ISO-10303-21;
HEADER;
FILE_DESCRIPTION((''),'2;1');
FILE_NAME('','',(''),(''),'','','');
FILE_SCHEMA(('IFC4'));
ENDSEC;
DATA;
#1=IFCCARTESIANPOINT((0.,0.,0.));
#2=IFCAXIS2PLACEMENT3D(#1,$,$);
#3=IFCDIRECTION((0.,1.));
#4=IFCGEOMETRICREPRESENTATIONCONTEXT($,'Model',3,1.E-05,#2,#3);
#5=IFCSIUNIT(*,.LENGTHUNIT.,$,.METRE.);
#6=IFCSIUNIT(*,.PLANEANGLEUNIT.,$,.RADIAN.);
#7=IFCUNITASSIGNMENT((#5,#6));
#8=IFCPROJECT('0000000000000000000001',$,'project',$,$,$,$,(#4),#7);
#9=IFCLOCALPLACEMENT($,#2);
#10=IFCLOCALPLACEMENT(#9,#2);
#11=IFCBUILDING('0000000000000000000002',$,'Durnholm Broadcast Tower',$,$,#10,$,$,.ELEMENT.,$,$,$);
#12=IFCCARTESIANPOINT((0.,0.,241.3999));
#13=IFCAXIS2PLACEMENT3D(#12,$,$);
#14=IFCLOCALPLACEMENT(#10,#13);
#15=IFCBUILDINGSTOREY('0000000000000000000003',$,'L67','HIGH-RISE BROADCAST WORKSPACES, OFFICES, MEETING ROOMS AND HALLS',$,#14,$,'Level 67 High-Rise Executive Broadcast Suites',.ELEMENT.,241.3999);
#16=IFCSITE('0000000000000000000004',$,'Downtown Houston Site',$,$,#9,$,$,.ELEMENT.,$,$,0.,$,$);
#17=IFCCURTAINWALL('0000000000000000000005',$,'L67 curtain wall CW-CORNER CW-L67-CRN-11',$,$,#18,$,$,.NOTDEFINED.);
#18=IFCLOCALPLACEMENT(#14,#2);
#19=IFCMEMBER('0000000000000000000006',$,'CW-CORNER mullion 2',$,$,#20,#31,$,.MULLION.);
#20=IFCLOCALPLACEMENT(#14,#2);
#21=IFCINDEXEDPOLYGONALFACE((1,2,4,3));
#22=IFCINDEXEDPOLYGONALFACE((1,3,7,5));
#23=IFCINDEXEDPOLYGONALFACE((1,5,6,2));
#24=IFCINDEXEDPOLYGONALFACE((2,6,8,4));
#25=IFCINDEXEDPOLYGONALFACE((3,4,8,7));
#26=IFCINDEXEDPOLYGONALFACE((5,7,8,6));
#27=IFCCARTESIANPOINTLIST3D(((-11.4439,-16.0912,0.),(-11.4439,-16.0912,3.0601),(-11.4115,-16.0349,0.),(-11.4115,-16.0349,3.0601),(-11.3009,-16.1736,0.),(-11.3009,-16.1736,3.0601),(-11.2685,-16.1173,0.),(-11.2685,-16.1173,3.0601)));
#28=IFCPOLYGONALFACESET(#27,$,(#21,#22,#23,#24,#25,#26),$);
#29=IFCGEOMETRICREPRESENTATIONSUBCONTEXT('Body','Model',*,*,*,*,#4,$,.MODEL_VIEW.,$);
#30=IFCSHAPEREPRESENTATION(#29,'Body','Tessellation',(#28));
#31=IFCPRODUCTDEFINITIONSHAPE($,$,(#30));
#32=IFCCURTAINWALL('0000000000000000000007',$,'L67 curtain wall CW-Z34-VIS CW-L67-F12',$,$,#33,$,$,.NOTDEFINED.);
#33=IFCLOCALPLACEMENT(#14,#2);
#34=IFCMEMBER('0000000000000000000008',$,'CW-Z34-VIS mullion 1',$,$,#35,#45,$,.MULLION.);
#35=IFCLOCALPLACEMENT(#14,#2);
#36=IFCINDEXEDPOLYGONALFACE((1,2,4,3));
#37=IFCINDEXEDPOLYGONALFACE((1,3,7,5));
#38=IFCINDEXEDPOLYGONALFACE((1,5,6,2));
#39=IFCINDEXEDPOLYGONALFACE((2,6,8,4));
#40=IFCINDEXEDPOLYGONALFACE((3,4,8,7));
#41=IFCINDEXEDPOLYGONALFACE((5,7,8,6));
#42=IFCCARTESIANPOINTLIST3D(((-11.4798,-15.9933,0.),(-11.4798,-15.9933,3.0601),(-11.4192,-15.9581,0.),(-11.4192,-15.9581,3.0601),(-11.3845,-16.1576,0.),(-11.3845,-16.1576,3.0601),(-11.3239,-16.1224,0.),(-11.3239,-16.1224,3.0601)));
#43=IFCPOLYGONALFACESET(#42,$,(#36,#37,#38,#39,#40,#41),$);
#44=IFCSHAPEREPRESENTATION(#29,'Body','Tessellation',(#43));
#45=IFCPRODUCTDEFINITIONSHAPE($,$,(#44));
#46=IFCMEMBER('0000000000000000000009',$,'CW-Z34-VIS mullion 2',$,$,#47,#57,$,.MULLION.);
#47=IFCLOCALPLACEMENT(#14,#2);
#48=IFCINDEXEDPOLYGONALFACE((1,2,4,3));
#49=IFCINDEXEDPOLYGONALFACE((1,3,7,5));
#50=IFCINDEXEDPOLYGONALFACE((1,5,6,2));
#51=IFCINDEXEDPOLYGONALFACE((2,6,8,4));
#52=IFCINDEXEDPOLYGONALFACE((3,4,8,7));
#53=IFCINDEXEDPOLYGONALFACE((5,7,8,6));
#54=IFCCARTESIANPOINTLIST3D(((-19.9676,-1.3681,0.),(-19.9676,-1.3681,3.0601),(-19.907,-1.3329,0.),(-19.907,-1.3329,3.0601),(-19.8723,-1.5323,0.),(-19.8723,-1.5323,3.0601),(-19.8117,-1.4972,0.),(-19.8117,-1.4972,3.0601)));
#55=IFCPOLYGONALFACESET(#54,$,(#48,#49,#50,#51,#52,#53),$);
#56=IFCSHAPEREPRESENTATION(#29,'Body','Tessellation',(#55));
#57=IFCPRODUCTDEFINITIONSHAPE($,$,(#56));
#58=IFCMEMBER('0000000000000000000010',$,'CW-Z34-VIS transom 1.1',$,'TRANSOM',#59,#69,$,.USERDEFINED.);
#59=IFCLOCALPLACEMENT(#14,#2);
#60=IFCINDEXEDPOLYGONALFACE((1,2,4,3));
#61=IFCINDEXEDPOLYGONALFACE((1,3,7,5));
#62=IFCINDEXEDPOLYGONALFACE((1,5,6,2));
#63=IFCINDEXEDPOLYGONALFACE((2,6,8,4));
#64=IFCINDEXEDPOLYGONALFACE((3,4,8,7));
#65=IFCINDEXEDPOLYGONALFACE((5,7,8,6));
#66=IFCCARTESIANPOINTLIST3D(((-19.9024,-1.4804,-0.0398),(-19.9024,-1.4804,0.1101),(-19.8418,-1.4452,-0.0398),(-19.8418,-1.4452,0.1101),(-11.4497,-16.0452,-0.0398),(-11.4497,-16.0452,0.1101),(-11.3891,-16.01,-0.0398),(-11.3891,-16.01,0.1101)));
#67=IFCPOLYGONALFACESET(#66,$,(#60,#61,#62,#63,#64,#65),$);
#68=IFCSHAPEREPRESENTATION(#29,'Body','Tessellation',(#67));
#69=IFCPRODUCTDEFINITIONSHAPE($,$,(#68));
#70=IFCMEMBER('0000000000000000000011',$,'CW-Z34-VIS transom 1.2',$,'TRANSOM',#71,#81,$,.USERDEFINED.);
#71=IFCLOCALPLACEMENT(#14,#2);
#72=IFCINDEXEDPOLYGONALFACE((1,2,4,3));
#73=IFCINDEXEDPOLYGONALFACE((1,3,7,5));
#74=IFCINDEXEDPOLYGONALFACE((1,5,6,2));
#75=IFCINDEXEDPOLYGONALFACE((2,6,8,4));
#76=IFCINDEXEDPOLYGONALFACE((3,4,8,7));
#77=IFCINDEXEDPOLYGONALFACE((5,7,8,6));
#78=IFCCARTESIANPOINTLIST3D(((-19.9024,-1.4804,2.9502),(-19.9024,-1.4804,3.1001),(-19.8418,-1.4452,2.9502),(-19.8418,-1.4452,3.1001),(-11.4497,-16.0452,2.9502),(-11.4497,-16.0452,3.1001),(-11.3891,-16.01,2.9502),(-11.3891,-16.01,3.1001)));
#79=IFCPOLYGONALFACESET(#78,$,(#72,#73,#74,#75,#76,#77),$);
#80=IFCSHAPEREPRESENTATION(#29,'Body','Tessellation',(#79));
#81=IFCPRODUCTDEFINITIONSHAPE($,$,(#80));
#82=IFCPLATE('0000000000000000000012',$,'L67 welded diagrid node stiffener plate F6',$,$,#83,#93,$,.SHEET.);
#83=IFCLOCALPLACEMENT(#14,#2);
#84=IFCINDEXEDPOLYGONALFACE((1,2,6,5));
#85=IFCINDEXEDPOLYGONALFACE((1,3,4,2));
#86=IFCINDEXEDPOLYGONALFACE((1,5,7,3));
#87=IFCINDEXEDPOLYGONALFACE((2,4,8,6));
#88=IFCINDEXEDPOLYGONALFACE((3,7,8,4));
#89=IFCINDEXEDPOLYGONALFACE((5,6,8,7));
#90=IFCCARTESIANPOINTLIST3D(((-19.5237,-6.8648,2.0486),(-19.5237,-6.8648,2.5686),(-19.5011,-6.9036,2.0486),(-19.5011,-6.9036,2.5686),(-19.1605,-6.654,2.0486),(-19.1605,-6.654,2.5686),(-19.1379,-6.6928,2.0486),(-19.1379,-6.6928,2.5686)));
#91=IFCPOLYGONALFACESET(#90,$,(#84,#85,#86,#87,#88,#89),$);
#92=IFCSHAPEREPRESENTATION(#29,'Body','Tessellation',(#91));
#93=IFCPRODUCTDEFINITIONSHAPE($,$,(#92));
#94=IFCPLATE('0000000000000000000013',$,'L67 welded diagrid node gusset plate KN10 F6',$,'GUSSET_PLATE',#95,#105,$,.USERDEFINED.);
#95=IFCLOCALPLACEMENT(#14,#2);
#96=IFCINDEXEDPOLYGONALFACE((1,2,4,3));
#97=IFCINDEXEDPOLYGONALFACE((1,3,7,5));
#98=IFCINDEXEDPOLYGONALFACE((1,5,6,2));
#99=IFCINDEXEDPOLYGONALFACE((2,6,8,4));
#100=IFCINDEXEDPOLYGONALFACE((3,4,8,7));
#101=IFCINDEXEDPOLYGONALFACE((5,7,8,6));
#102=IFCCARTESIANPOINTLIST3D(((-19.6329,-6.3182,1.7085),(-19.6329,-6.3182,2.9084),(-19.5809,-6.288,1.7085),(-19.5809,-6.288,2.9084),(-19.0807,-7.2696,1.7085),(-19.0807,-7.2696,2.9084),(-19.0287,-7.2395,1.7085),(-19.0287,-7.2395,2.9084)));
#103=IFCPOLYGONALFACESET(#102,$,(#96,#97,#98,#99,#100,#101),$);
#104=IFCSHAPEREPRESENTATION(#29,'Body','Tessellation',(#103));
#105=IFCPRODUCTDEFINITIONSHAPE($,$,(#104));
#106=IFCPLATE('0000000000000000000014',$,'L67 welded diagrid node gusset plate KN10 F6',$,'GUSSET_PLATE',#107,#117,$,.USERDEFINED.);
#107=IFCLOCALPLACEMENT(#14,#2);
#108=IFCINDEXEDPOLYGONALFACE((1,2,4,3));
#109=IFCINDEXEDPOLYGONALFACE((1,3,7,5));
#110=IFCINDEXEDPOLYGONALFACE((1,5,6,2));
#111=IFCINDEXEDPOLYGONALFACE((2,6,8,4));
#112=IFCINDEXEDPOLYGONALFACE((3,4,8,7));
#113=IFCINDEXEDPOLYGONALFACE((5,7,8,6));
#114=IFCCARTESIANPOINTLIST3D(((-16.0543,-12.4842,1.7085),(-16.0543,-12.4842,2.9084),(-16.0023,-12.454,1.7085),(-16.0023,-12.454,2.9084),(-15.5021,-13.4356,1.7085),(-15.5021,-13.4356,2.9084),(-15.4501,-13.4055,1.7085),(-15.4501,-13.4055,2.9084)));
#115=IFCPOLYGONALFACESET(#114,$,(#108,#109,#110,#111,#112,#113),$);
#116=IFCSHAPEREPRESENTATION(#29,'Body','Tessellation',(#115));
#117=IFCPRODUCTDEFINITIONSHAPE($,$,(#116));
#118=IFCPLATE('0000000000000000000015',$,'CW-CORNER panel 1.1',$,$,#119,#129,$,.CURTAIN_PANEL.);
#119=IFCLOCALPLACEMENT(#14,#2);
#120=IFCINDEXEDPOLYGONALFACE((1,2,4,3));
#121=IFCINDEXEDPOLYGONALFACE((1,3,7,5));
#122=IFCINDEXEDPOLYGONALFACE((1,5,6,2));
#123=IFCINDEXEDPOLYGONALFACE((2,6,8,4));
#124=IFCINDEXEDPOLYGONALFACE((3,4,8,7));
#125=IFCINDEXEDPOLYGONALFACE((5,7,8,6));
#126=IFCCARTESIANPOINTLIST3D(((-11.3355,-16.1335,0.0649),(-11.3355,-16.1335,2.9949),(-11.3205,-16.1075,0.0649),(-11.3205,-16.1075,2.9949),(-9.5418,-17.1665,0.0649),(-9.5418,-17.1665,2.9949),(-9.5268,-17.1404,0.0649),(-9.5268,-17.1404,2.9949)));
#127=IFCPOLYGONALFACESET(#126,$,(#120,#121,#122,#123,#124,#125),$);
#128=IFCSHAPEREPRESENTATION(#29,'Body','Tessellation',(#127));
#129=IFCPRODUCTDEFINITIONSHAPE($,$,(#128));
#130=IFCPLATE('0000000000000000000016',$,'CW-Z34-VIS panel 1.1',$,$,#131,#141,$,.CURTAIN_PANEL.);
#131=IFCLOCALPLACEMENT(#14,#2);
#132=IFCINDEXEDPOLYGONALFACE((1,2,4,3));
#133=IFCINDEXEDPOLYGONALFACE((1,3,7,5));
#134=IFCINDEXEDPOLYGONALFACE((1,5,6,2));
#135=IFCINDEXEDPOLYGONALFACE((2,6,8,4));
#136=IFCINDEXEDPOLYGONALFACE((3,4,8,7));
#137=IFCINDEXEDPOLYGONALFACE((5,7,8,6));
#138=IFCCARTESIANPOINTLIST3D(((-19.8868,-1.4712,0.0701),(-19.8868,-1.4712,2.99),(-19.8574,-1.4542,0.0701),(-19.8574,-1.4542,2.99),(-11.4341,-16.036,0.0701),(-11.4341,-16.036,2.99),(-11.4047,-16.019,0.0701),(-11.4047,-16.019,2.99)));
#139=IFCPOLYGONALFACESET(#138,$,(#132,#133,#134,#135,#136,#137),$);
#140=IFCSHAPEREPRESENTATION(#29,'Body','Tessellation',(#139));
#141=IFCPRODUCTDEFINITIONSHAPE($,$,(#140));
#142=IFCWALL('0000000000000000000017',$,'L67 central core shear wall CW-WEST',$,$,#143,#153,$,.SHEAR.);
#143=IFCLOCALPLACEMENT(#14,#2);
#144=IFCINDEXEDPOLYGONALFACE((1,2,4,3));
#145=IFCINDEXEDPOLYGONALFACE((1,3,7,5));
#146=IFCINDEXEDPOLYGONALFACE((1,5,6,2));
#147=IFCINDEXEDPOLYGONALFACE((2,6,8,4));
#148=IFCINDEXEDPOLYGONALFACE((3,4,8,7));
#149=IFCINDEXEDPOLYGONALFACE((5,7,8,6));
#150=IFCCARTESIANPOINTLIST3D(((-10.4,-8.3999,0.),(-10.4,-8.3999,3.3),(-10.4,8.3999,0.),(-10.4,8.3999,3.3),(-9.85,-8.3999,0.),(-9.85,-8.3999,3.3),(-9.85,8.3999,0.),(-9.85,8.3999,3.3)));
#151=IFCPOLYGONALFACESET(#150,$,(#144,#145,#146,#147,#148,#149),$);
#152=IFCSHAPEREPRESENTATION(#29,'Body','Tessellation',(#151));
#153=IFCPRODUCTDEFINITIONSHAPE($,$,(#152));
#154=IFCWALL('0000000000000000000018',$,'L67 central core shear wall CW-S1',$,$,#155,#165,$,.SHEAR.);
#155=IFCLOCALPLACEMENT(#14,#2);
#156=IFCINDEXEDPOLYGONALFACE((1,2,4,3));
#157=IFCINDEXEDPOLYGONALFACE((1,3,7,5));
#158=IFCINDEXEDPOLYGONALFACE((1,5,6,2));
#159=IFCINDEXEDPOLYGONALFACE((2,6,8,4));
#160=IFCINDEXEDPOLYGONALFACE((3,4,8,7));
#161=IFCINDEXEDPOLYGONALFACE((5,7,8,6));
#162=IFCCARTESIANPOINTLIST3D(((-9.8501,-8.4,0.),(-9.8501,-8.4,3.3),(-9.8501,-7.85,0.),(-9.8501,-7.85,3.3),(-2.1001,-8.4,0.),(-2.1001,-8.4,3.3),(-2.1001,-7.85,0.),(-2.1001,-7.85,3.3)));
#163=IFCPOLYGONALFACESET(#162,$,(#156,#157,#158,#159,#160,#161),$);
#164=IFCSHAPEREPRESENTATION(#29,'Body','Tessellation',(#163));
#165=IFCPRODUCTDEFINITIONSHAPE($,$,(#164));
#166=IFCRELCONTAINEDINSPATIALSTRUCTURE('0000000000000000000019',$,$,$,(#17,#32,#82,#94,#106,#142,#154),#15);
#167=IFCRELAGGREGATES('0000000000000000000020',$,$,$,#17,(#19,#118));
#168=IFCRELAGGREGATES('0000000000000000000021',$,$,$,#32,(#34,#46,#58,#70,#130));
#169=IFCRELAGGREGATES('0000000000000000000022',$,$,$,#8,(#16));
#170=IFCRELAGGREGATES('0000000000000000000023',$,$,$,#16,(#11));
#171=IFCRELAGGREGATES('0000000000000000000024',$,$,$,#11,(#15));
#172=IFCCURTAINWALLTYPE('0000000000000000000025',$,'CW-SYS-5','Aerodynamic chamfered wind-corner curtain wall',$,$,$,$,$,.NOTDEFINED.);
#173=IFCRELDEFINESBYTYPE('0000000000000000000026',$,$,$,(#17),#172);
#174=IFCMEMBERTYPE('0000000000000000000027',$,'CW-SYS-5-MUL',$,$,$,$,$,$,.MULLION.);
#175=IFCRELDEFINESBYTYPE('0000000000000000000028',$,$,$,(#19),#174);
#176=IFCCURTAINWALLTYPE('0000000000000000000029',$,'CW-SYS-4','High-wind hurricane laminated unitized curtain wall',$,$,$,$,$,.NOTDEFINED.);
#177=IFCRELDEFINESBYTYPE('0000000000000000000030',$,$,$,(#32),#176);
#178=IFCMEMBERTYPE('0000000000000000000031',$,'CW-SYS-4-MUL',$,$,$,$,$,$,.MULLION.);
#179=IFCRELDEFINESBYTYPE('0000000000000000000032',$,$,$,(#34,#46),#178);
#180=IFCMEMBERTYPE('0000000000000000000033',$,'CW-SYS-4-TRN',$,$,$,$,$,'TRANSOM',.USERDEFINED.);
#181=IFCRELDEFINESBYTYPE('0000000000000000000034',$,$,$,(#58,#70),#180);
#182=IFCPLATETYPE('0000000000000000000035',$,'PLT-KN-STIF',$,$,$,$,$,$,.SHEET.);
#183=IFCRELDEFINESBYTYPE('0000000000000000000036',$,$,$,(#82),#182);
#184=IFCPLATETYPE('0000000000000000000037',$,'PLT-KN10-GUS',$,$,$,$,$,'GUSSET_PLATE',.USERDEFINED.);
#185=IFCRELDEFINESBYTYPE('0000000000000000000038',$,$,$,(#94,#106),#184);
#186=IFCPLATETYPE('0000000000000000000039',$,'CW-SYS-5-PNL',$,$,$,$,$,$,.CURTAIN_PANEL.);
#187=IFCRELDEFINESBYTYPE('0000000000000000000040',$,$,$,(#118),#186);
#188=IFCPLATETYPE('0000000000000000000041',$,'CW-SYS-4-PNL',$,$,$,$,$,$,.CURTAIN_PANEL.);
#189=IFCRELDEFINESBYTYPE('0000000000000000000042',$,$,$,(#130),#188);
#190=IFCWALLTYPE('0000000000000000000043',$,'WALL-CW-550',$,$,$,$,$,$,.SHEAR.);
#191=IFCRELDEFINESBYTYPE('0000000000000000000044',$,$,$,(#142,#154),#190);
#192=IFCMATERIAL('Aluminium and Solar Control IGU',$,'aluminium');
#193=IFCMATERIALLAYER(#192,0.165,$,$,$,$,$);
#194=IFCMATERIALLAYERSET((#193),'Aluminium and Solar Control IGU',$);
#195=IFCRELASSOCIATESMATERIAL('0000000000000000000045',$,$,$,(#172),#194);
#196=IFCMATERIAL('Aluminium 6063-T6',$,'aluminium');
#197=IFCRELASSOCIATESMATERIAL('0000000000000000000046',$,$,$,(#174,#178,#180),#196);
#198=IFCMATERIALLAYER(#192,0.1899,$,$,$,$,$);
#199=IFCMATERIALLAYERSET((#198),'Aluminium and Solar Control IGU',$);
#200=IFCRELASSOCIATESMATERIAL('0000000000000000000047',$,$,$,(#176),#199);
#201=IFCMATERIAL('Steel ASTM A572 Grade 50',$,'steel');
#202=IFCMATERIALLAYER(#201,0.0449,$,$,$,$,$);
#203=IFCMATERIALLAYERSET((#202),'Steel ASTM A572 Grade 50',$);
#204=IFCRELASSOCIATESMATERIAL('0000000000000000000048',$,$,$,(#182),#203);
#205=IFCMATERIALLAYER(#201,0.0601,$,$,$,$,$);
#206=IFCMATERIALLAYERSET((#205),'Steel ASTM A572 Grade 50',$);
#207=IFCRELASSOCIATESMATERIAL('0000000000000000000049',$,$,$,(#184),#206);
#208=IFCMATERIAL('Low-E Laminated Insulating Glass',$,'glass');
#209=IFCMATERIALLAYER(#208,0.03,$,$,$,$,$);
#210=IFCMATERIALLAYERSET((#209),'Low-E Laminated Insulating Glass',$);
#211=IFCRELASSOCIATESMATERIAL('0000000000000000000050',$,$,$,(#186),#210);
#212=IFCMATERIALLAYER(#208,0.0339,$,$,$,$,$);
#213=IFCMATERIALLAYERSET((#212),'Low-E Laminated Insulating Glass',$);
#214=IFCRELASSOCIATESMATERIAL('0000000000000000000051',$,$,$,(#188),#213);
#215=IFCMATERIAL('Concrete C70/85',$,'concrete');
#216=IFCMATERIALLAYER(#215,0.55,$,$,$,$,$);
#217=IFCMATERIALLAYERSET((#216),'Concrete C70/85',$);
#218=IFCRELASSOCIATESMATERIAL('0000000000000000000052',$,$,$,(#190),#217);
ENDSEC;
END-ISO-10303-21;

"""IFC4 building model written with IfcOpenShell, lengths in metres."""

from ifc_helpers import new_model, si_unit, direction, frame, frame_2d, origin, origin_2d, place, context, subcontext, project, spatial, rectangle, extrude, source, transform, mapped, material, layer, layer_set, material_profile, profile_set, type_object, type_shapes, element, aggregate, save


model = new_model("IFC4")

# Units and contexts
model_context = context("Model", 3, precision=1e-05, world=origin(), true_north=direction((0.0, 1.0)))
body_context = subcontext(model_context, "Body", "Model", "MODEL_VIEW")
ifc_project = project(units=[si_unit("LENGTHUNIT", "METRE"), si_unit("PLANEANGLEUNIT", "RADIAN")], contexts=[model_context])

# Site, building, storey
site_placement = place(None, origin())
site = spatial("IfcSite", under=ifc_project, at=site_placement, Name="Downtown Houston Site", CompositionType="ELEMENT", RefElevation=0.0)
building_placement = place(site_placement, origin())
building = spatial("IfcBuilding", under=site, at=building_placement, Name="Durnholm Broadcast Tower", CompositionType="ELEMENT")
storey_placement = place(building_placement, frame((0.0, 0.0, 241.3999)))
storey = spatial("IfcBuildingStorey", under=building, at=storey_placement, Name="L67", Description="HIGH-RISE BROADCAST WORKSPACES, OFFICES, MEETING ROOMS AND HALLS", LongName="Level 67 High-Rise Executive Broadcast Suites", CompositionType="ELEMENT", Elevation=241.3999)

# Shared definitions
ifc_material_1 = material(Name="Concrete C70/85", Category="concrete")

# Shared definitions
ifc_material_2 = material(Name="Aluminium and Solar Control IGU", Category="aluminium")
ifc_layer_1 = layer(ifc_material_2, 0.165)
ifc_layer_set_1 = layer_set([ifc_layer_1], Name="Aluminium and Solar Control IGU")
curtain_wall_type_1 = type_object("IfcCurtainWallType", Name="CW-SYS-5", Description="Aerodynamic chamfered wind-corner curtain wall", PredefinedType="NOTDEFINED", material=ifc_layer_set_1)
ifc_material_3 = material(Name="Aluminium 6063-T6", Category="aluminium")
ifc_material_profile_1 = material_profile(ifc_material_3, rectangle(XDim=0.0649, YDim=0.165, at=origin_2d()), Name="CWM65X165")
ifc_profile_set_1 = profile_set([ifc_material_profile_1], Name="Aluminium 6063-T6")
member_type_1 = type_object("IfcMemberType", Name="CW-SYS-5-MUL", PredefinedType="MULLION", material=ifc_profile_set_1)
shared_shape_1 = source(origin(), body_context, "Body", "SweptSolid", [
    extrude(rectangle(XDim=0.0649, YDim=0.165, at=origin_2d()), origin(), (0.0, 0.0, 1.0), 3.0601),
])
type_shapes(member_type_1, [shared_shape_1])

# Curtain wall, member
curtain_wall_1_placement = place(storey_placement, origin())
curtain_wall_1 = element("IfcCurtainWall", 1, at=curtain_wall_1_placement, inside=storey, type_object=curtain_wall_type_1, Name="L67 curtain wall CW-CORNER CW-L67-CRN-11", PredefinedType="NOTDEFINED")
member_1_placement = place(storey_placement, frame((-11.3562, -16.1042, 0.0), z_axis=(0.0, 0.0, 1.0), x_axis=(-0.499059, -0.866568, 0.0)))
member_1 = element("IfcMember", 2, at=member_1_placement, type_object=member_type_1, Name="CW-CORNER mullion 2", PredefinedType="MULLION", context=body_context, shape_type="MappedRepresentation", body=[
    mapped(shared_shape_1, transform((0.0, 0.0, 0.0), x_axis=(1.0, 0.0, 0.0), y_axis=(0.0, 1.0, 0.0), z_axis=(0.0, 0.0, 1.0), scale=1.0)),
])

# Curtain wall, members
ifc_layer_2 = layer(ifc_material_2, 0.1899)
ifc_layer_set_2 = layer_set([ifc_layer_2], Name="Aluminium and Solar Control IGU")
curtain_wall_type_2 = type_object("IfcCurtainWallType", Name="CW-SYS-4", Description="High-wind hurricane laminated unitized curtain wall", PredefinedType="NOTDEFINED", material=ifc_layer_set_2)
curtain_wall_2_placement = place(storey_placement, origin())
curtain_wall_2 = element("IfcCurtainWall", 3, at=curtain_wall_2_placement, inside=storey, type_object=curtain_wall_type_2, Name="L67 curtain wall CW-Z34-VIS CW-L67-F12", PredefinedType="NOTDEFINED")
ifc_material_profile_2 = material_profile(ifc_material_3, rectangle(XDim=0.0701, YDim=0.1899, at=origin_2d()), Name="CWM70X190")
ifc_profile_set_2 = profile_set([ifc_material_profile_2], Name="Aluminium 6063-T6")
member_type_2 = type_object("IfcMemberType", Name="CW-SYS-4-MUL", PredefinedType="MULLION", material=ifc_profile_set_2)
shared_shape_2 = source(origin(), body_context, "Body", "SweptSolid", [
    extrude(rectangle(XDim=0.0701, YDim=0.1899, at=origin_2d()), origin(), (0.0, 0.0, 1.0), 3.0601),
])
type_shapes(member_type_2, [shared_shape_2])
member_2_placement = place(storey_placement, frame((-11.4019, -16.0579, 0.0), z_axis=(0.0, 0.0, 1.0), x_axis=(-0.8649, -0.501944, 0.0)))
member_2 = element("IfcMember", 4, at=member_2_placement, type_object=member_type_2, Name="CW-Z34-VIS mullion 1", PredefinedType="MULLION", context=body_context, shape_type="MappedRepresentation", body=[
    mapped(shared_shape_2, transform((0.0, 0.0, 0.0), x_axis=(1.0, 0.0, 0.0), y_axis=(0.0, 1.0, 0.0), z_axis=(0.0, 0.0, 1.0), scale=1.0)),
])
member_3_placement = place(storey_placement, frame((-19.8896, -1.4326, 0.0), z_axis=(0.0, 0.0, 1.0), x_axis=(-0.8649, -0.501944, 0.0)))
member_3 = element("IfcMember", 5, at=member_3_placement, type_object=member_type_2, Name="CW-Z34-VIS mullion 2", PredefinedType="MULLION", context=body_context, shape_type="MappedRepresentation", body=[
    mapped(shared_shape_2, transform((0.0, 0.0, 0.0), x_axis=(1.0, 0.0, 0.0), y_axis=(0.0, 1.0, 0.0), z_axis=(0.0, 0.0, 1.0), scale=1.0)),
])
ifc_material_profile_3 = material_profile(ifc_material_3, rectangle(XDim=0.0701, YDim=0.1499, at=origin_2d()), Name="CWT70X150")
ifc_profile_set_3 = profile_set([ifc_material_profile_3], Name="Aluminium 6063-T6")
member_type_3 = type_object("IfcMemberType", Name="CW-SYS-4-TRN", ElementType="TRANSOM", PredefinedType="USERDEFINED", material=ifc_profile_set_3)
shared_shape_3 = source(origin(), body_context, "Body", "SweptSolid", [
    extrude(rectangle(XDim=0.0701, YDim=0.1499, at=origin_2d()), origin(), (0.0, 0.0, 1.0), 16.8398),
])
type_shapes(member_type_3, [shared_shape_3])
member_4_placement = place(storey_placement, frame((-11.4194, -16.0276, 0.0352), z_axis=(-0.501945, 0.864899, 0.0), x_axis=(-0.864899, -0.501945, 0.0)))
member_4 = element("IfcMember", 6, at=member_4_placement, type_object=member_type_3, Name="CW-Z34-VIS transom 1.1", ObjectType="TRANSOM", PredefinedType="USERDEFINED", context=body_context, shape_type="MappedRepresentation", body=[
    mapped(shared_shape_3, transform((0.0, 0.0, 0.0), x_axis=(1.0, 0.0, 0.0), y_axis=(0.0, 1.0, 0.0), z_axis=(0.0, 0.0, 1.0), scale=1.0)),
])
member_5_placement = place(storey_placement, frame((-11.4194, -16.0276, 3.0251), z_axis=(-0.501945, 0.864899, 0.0), x_axis=(-0.864899, -0.501945, 0.0)))
member_5 = element("IfcMember", 7, at=member_5_placement, type_object=member_type_3, Name="CW-Z34-VIS transom 1.2", ObjectType="TRANSOM", PredefinedType="USERDEFINED", context=body_context, shape_type="MappedRepresentation", body=[
    mapped(shared_shape_3, transform((0.0, 0.0, 0.0), x_axis=(1.0, 0.0, 0.0), y_axis=(0.0, 1.0, 0.0), z_axis=(0.0, 0.0, 1.0), scale=1.0)),
])

# Plates
ifc_material_4 = material(Name="Steel ASTM A572 Grade 50", Category="steel")
ifc_layer_3 = layer(ifc_material_4, 0.0449)
ifc_layer_set_3 = layer_set([ifc_layer_3], Name="Steel ASTM A572 Grade 50")
plate_type_1 = type_object("IfcPlateType", Name="PLT-KN-STIF", PredefinedType="SHEET", material=ifc_layer_set_3)
shared_shape_4 = source(origin(), body_context, "Body", "SweptSolid", [
    extrude(rectangle(XDim=0.0449, YDim=0.4199, at=origin_2d()), origin(), (0.0, 0.0, 1.0), 0.52),
])
type_shapes(plate_type_1, [shared_shape_4])
plate_1_placement = place(storey_placement, frame((-19.3308, -6.7788, 2.0486), z_axis=(0.0, 0.0, 1.0), x_axis=(0.501964, -0.864889, 0.0)))
element("IfcPlate", 8, at=plate_1_placement, inside=storey, type_object=plate_type_1, Name="L67 welded diagrid node stiffener plate F6", PredefinedType="SHEET", context=body_context, shape_type="MappedRepresentation", body=[
    mapped(shared_shape_4, transform((0.0, 0.0, 0.0), x_axis=(1.0, 0.0, 0.0), y_axis=(0.0, 1.0, 0.0), z_axis=(0.0, 0.0, 1.0), scale=1.0)),
])
ifc_layer_4 = layer(ifc_material_4, 0.0601)
ifc_layer_set_4 = layer_set([ifc_layer_4], Name="Steel ASTM A572 Grade 50")
plate_type_2 = type_object("IfcPlateType", Name="PLT-KN10-GUS", ElementType="GUSSET_PLATE", PredefinedType="USERDEFINED", material=ifc_layer_set_4)
shared_shape_5 = source(origin(), body_context, "Body", "SweptSolid", [
    extrude(rectangle(XDim=1.1001, YDim=0.0601, at=origin_2d()), origin(), (0.0, 0.0, 1.0), 1.2),
])
type_shapes(plate_type_2, [shared_shape_5])
for number, where, z_axis, x_axis, name in (
    (9, (-19.3308, -6.7788, 1.7085), (0.0, 0.0, 1.0), (0.501964, -0.864889, 0.0), "L67 welded diagrid node gusset plate KN10 F6"),
    (10, (-15.7522, -12.9448, 1.7085), (0.0, 0.0, 1.0), (0.501964, -0.864889, 0.0), "L67 welded diagrid node gusset plate KN10 F6"),
):
    element("IfcPlate", number, at=place(storey_placement, frame(where, z_axis=z_axis, x_axis=x_axis)), inside=storey, type_object=plate_type_2, Name=name, ObjectType="GUSSET_PLATE", PredefinedType="USERDEFINED", context=body_context, shape_type="MappedRepresentation", body=[
        mapped(shared_shape_5, transform((0.0, 0.0, 0.0), x_axis=(1.0, 0.0, 0.0), y_axis=(0.0, 1.0, 0.0), z_axis=(0.0, 0.0, 1.0), scale=1.0)),
    ])

# Plates
ifc_material_5 = material(Name="Low-E Laminated Insulating Glass", Category="glass")
ifc_layer_5 = layer(ifc_material_5, 0.03)
ifc_layer_set_5 = layer_set([ifc_layer_5], Name="Low-E Laminated Insulating Glass")
plate_type_3 = type_object("IfcPlateType", Name="CW-SYS-5-PNL", PredefinedType="CURTAIN_PANEL", material=ifc_layer_set_5)
shared_shape_6 = source(origin(), body_context, "Body", "SweptSolid", [
    extrude(rectangle(XDim=2.0698, YDim=0.03, at=origin_2d()), origin(), (0.0, 0.0, 1.0), 2.9299),
])
type_shapes(plate_type_3, [shared_shape_6])
plate_2_placement = place(storey_placement, frame((-10.4312, -16.637, 0.0649), z_axis=(0.0, 0.0, 1.0), x_axis=(-0.866568, 0.499059, 0.0)))
plate_2 = element("IfcPlate", 11, at=plate_2_placement, type_object=plate_type_3, Name="CW-CORNER panel 1.1", PredefinedType="CURTAIN_PANEL", context=body_context, shape_type="MappedRepresentation", body=[
    mapped(shared_shape_6, transform((0.0, 0.0, 0.0), x_axis=(1.0, 0.0, 0.0), y_axis=(0.0, 1.0, 0.0), z_axis=(0.0, 0.0, 1.0), scale=1.0)),
])
aggregate(curtain_wall_1, [member_1, plate_2])
ifc_layer_6 = layer(ifc_material_5, 0.0339)
ifc_layer_set_6 = layer_set([ifc_layer_6], Name="Low-E Laminated Insulating Glass")
plate_type_4 = type_object("IfcPlateType", Name="CW-SYS-4-PNL", PredefinedType="CURTAIN_PANEL", material=ifc_layer_set_6)
shared_shape_7 = source(origin(), body_context, "Body", "SweptSolid", [
    extrude(rectangle(XDim=16.8398, YDim=0.0339, at=origin_2d()), origin(), (0.0, 0.0, 1.0), 2.9199),
])
type_shapes(plate_type_4, [shared_shape_7])
plate_3_placement = place(storey_placement, frame((-15.6458, -8.7451, 0.0701), z_axis=(0.0, 0.0, 1.0), x_axis=(-0.501944, 0.8649, 0.0)))
plate_3 = element("IfcPlate", 12, at=plate_3_placement, type_object=plate_type_4, Name="CW-Z34-VIS panel 1.1", PredefinedType="CURTAIN_PANEL", context=body_context, shape_type="MappedRepresentation", body=[
    mapped(shared_shape_7, transform((0.0, 0.0, 0.0), x_axis=(1.0, 0.0, 0.0), y_axis=(0.0, 1.0, 0.0), z_axis=(0.0, 0.0, 1.0), scale=1.0)),
])
aggregate(curtain_wall_2, [member_2, member_3, member_4, member_5, plate_3])

# Walls
ifc_layer_7 = layer(ifc_material_1, 0.55)
ifc_layer_set_7 = layer_set([ifc_layer_7], Name="Concrete C70/85")
wall_type_1 = type_object("IfcWallType", Name="WALL-CW-550", PredefinedType="SHEAR", material=ifc_layer_set_7)
wall_1_placement = place(storey_placement, frame((-10.125, -8.3999, 0.0), z_axis=(0.0, 0.0, 1.0), x_axis=(0.0, 1.0, 0.0)))
element("IfcWall", 13, at=wall_1_placement, inside=storey, type_object=wall_type_1, Name="L67 central core shear wall CW-WEST", PredefinedType="SHEAR", context=body_context, shape_type="SweptSolid", body=[
    extrude(rectangle(XDim=16.7998, YDim=0.55, at=frame_2d((8.3999, 0.0))), origin(), (0.0, 0.0, 1.0), 3.3),
])
wall_2_placement = place(storey_placement, frame((-9.8501, -8.125, 0.0), z_axis=(0.0, 0.0, 1.0), x_axis=(1.0, 0.0, 0.0)))
element("IfcWall", 14, at=wall_2_placement, inside=storey, type_object=wall_type_1, Name="L67 central core shear wall CW-S1", PredefinedType="SHEAR", context=body_context, shape_type="SweptSolid", body=[
    extrude(rectangle(XDim=7.75, YDim=0.55, at=frame_2d((3.875, 0.0))), origin(), (0.0, 0.0, 1.0), 3.3),
])

save(model, "model.ifc")
